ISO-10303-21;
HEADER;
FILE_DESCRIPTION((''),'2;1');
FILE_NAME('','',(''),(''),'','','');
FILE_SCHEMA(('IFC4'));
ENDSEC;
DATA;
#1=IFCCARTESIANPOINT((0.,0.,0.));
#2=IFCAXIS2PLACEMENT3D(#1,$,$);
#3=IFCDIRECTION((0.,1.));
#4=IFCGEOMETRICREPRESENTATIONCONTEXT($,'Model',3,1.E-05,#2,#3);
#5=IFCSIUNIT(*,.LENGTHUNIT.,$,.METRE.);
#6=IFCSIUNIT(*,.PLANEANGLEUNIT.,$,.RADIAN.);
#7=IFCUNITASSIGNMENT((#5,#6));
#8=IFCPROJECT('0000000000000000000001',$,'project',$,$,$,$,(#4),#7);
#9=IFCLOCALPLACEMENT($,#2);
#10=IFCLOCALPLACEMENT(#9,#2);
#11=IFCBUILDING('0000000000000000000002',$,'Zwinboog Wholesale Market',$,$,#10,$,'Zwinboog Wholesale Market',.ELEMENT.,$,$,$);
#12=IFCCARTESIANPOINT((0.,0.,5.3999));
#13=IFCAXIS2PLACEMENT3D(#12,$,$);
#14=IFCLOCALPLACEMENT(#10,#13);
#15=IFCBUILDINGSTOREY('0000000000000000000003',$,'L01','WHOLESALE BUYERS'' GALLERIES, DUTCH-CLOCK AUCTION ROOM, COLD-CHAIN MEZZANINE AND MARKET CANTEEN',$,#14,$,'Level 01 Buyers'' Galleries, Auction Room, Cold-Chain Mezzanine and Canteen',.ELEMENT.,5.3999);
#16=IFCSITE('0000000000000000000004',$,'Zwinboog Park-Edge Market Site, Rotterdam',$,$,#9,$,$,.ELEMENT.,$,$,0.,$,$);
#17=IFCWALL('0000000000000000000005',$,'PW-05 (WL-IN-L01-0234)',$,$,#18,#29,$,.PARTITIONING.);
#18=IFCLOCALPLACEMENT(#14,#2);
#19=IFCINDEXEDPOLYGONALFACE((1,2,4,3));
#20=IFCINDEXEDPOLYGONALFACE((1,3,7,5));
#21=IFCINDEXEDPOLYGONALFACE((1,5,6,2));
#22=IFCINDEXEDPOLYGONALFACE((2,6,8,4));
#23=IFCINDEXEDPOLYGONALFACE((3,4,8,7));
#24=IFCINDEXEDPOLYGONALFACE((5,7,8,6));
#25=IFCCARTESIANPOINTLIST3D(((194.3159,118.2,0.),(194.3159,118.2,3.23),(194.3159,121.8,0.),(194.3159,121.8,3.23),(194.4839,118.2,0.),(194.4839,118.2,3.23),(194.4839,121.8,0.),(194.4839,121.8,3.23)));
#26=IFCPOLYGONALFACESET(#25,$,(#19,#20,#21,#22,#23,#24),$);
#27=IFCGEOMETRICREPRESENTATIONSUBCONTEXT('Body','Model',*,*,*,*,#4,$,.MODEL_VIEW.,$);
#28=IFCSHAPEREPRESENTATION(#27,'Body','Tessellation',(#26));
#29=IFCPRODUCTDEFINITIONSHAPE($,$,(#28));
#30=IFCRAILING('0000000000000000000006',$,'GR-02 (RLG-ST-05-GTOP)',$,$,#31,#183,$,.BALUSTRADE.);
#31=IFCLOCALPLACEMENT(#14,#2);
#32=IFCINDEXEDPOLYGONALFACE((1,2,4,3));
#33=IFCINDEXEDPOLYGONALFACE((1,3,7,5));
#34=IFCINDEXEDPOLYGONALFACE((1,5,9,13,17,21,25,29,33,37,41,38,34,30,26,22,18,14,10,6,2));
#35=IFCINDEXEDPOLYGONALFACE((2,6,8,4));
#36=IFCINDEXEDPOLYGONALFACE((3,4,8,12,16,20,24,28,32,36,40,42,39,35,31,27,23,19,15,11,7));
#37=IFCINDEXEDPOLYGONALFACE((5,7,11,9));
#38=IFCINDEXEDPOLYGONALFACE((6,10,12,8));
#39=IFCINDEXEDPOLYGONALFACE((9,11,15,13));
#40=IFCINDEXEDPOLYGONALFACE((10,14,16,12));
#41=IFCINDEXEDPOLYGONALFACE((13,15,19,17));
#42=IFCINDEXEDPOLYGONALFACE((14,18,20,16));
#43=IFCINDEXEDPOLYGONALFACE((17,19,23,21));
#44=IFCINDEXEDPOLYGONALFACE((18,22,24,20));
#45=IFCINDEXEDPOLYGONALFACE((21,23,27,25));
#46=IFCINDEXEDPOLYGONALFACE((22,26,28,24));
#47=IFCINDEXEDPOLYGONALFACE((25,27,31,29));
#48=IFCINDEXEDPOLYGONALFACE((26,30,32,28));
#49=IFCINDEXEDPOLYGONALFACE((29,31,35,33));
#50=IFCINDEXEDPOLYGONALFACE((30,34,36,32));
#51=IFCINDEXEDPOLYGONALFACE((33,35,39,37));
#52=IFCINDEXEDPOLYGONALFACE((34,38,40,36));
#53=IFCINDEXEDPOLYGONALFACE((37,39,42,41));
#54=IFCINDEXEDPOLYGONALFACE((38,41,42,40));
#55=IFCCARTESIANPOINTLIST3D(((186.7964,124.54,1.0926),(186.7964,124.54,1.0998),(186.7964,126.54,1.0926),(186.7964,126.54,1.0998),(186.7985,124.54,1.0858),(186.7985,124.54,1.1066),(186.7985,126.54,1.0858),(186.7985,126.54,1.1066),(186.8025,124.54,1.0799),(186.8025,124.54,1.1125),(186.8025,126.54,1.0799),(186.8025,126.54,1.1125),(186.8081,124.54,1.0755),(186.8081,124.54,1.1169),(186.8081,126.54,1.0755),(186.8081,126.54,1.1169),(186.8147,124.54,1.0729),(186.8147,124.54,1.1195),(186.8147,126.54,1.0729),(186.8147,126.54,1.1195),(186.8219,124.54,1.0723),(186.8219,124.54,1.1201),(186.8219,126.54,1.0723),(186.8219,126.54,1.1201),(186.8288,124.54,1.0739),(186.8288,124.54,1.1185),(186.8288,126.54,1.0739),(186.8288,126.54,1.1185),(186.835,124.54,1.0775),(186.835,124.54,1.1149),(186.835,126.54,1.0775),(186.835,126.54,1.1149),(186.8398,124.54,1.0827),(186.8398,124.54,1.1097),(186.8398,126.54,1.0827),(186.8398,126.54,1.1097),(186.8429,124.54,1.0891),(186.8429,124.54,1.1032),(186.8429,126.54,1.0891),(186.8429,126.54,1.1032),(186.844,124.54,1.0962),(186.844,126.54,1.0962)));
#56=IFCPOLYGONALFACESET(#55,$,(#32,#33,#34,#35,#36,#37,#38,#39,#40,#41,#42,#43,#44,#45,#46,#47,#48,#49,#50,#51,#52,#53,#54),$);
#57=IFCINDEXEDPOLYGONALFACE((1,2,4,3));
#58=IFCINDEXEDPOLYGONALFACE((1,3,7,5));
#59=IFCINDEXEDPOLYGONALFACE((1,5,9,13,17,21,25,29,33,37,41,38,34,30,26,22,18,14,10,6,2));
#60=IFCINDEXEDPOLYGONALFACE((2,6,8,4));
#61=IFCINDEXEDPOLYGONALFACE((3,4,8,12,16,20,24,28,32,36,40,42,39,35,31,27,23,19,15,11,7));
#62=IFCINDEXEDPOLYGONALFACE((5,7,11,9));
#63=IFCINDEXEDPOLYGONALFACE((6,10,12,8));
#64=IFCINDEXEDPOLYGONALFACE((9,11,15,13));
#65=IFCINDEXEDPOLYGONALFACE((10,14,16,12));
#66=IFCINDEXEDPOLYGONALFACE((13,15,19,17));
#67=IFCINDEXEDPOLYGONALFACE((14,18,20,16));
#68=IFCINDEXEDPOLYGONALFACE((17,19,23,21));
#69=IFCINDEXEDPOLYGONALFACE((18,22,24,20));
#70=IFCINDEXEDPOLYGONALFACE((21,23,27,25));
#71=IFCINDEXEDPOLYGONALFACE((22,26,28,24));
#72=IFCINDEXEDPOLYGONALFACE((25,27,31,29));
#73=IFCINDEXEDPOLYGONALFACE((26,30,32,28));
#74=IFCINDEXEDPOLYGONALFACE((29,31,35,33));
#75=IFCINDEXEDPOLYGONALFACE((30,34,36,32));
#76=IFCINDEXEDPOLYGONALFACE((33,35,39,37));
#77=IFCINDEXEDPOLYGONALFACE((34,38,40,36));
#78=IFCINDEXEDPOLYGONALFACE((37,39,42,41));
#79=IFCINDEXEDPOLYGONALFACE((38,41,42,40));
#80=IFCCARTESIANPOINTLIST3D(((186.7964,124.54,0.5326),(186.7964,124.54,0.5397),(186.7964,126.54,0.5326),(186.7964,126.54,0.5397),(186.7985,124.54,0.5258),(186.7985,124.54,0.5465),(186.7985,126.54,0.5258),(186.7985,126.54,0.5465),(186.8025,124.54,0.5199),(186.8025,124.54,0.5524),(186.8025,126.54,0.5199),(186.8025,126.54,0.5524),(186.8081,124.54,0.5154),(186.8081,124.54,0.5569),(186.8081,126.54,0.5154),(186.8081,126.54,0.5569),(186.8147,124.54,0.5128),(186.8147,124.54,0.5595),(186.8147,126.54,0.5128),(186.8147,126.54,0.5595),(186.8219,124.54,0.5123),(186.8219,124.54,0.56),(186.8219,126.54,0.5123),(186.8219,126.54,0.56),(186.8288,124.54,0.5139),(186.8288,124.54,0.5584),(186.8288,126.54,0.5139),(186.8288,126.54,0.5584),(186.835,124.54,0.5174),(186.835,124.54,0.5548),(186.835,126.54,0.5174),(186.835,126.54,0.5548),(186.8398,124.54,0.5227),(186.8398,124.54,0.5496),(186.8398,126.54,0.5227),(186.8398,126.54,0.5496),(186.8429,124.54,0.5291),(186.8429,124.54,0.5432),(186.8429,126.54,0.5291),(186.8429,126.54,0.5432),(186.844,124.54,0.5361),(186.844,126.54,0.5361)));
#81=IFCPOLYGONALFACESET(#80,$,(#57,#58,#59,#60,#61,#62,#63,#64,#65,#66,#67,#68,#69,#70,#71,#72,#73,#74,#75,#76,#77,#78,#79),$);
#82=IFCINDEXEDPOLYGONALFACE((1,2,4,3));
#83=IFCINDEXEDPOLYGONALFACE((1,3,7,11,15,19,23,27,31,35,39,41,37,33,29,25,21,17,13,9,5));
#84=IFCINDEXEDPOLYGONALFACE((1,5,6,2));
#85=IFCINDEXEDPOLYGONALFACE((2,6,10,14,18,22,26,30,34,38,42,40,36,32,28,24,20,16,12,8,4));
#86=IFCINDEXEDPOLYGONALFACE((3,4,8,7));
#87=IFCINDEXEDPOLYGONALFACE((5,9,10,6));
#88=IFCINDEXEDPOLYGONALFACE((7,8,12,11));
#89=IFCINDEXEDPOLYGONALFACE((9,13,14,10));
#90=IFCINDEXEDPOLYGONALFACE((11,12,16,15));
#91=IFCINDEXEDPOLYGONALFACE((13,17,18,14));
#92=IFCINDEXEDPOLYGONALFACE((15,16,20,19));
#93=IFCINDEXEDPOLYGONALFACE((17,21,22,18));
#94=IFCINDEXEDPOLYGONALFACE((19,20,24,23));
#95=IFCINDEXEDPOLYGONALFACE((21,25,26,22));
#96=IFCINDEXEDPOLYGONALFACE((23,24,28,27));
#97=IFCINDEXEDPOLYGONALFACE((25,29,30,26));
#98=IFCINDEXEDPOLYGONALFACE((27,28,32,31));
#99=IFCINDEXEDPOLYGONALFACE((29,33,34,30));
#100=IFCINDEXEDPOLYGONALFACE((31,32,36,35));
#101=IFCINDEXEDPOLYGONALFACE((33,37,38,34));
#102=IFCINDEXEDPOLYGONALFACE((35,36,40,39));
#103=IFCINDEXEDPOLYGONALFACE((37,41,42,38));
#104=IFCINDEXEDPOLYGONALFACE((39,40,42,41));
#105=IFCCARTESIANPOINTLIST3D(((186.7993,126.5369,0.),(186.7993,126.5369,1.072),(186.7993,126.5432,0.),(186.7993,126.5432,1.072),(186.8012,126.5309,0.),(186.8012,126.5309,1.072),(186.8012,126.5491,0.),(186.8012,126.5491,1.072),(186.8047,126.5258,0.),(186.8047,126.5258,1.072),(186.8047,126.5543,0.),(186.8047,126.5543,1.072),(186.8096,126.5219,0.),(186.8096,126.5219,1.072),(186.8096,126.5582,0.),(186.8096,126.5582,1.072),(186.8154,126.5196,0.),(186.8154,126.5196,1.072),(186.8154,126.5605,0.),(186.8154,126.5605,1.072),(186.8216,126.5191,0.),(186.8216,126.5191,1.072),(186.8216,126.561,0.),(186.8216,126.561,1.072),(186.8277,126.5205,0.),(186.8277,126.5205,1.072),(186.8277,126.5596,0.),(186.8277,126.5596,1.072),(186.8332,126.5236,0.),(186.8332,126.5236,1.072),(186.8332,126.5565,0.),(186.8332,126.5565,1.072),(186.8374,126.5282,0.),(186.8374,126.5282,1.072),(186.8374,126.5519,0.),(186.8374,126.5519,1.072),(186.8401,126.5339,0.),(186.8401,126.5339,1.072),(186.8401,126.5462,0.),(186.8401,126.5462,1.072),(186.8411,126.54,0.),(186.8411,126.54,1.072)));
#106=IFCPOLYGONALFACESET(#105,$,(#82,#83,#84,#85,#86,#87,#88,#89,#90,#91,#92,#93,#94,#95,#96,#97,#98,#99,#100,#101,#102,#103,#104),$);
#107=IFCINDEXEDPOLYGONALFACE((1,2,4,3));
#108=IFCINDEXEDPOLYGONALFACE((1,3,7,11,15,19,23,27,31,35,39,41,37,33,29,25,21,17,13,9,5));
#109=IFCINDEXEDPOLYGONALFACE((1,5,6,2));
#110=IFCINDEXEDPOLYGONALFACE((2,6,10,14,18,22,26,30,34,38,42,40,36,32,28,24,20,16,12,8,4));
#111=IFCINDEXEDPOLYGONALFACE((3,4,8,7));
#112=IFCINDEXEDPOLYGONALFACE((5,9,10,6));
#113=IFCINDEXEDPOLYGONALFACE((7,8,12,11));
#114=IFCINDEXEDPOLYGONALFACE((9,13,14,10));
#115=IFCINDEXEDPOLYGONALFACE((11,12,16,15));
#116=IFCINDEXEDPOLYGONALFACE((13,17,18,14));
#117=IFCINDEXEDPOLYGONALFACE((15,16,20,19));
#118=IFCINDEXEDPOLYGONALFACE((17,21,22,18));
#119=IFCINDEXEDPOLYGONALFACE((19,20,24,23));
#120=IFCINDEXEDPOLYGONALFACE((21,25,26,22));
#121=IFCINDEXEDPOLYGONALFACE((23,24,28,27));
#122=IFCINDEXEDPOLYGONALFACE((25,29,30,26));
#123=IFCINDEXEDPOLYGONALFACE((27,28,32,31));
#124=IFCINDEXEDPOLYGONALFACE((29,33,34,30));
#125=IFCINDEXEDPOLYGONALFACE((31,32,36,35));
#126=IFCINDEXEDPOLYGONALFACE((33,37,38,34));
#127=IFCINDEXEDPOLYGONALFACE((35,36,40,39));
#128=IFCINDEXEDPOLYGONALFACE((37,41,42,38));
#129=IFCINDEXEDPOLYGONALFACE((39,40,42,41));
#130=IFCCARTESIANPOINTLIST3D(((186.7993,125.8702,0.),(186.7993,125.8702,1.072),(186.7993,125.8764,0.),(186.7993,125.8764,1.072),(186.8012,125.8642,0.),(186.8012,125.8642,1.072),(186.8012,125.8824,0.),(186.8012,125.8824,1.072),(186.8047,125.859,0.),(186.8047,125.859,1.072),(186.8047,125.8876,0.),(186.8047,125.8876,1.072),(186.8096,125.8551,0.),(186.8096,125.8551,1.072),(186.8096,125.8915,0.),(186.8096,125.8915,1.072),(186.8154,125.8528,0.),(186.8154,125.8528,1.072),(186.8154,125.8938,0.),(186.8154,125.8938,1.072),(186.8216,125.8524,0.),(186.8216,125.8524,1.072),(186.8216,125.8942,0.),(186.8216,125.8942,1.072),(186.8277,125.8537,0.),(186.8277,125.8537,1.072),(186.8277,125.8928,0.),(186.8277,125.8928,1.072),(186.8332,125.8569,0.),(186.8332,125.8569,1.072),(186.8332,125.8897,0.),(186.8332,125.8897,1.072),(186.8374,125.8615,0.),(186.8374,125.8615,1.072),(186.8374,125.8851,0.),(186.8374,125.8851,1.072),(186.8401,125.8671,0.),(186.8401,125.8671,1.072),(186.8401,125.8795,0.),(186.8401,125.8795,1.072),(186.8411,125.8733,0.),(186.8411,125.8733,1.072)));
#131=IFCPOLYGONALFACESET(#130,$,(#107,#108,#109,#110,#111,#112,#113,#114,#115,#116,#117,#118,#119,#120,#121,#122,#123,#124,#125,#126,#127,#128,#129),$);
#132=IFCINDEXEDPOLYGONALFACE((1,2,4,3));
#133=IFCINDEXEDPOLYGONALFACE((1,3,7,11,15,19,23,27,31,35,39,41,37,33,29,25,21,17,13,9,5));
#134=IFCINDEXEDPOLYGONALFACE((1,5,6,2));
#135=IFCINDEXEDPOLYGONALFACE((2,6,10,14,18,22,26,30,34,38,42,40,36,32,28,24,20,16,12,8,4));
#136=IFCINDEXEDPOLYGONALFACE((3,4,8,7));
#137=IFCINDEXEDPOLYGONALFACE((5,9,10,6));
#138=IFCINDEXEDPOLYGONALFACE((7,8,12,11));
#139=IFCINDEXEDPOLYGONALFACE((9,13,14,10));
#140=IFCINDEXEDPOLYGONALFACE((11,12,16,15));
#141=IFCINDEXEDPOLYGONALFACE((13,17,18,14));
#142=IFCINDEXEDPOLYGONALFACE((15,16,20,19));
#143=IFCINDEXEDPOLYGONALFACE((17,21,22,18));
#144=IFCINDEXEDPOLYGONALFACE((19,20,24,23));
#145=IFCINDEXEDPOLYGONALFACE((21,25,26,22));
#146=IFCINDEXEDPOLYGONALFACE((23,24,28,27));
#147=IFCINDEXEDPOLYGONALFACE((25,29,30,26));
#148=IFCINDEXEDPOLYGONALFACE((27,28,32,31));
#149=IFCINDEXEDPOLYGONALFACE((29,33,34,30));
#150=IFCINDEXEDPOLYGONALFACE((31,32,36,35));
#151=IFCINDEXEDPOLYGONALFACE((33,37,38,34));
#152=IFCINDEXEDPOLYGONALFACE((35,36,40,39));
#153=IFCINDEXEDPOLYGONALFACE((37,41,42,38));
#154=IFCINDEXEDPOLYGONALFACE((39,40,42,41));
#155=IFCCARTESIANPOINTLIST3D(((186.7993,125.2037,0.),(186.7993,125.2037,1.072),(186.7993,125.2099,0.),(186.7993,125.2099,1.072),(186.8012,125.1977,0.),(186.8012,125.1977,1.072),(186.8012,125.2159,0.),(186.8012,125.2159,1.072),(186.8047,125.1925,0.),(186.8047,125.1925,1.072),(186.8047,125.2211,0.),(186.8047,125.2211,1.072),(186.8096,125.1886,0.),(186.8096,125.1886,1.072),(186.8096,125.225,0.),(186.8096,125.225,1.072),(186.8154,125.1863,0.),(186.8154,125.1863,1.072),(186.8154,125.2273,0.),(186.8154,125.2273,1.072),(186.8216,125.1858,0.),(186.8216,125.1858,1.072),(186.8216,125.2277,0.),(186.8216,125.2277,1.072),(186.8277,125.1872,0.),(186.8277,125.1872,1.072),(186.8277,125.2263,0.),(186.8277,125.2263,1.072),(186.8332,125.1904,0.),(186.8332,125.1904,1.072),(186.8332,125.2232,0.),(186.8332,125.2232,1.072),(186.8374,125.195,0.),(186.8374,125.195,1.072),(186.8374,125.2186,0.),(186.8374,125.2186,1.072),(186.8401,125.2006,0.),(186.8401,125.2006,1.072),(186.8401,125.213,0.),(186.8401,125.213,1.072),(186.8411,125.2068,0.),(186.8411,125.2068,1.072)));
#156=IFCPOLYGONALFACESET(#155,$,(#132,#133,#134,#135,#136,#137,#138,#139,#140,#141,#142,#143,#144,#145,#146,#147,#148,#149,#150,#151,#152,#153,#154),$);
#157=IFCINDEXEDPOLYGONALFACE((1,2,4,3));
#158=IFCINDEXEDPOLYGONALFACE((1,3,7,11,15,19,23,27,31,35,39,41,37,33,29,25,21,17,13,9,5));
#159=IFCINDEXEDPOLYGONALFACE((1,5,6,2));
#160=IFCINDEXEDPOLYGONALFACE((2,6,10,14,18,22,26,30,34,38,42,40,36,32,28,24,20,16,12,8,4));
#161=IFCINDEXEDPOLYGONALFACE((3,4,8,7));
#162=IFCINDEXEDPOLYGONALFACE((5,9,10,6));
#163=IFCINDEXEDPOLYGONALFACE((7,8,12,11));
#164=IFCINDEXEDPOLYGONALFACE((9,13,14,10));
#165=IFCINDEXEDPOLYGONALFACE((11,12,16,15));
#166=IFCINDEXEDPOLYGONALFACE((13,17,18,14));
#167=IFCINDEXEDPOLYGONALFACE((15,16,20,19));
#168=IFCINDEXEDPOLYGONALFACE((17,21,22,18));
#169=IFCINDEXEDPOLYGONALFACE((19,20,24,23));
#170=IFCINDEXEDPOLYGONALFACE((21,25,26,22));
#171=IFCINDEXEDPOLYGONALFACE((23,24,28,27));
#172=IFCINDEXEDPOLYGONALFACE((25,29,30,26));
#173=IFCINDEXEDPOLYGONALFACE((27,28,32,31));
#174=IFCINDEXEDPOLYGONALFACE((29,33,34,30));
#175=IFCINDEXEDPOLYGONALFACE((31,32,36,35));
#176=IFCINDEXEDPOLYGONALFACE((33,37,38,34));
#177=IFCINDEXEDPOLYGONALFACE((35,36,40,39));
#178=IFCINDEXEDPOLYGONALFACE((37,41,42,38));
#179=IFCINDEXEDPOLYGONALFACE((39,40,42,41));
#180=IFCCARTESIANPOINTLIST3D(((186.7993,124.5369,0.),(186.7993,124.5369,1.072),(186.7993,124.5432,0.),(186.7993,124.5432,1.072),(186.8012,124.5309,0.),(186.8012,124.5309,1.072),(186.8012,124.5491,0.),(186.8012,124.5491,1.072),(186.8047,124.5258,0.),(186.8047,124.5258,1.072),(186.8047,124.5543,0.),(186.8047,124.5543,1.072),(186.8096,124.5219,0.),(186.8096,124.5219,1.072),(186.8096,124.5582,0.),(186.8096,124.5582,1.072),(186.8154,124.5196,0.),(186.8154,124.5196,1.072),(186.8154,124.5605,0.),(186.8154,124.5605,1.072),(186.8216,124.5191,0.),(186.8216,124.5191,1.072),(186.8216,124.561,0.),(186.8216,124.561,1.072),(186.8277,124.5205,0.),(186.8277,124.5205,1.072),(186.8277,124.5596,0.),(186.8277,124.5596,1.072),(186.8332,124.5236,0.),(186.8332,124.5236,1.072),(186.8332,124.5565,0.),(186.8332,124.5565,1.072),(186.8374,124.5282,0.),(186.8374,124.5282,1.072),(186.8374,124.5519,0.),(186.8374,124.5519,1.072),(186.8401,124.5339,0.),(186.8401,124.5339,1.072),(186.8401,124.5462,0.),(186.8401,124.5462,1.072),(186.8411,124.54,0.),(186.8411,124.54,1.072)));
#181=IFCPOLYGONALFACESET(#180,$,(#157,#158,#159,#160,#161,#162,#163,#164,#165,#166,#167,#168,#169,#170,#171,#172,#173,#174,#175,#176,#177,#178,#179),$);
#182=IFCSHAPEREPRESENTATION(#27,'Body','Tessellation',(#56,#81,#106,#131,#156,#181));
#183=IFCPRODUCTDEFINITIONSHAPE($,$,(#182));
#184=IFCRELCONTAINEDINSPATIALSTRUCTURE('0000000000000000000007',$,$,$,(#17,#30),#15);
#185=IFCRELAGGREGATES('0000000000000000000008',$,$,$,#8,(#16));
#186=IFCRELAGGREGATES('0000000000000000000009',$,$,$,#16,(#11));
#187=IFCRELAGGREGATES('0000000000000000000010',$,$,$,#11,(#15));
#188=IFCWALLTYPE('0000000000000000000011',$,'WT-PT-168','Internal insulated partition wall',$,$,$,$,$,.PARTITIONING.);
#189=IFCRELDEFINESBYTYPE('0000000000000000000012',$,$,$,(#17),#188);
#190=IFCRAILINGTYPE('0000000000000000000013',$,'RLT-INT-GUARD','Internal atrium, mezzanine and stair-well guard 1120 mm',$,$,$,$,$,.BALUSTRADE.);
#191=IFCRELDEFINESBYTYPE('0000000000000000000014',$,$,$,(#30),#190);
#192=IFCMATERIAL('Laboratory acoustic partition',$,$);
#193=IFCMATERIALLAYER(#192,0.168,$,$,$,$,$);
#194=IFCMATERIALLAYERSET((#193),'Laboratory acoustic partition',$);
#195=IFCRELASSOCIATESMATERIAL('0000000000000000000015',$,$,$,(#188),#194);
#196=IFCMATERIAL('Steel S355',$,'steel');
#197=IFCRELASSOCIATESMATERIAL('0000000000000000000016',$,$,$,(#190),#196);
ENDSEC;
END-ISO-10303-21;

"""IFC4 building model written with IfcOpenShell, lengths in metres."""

from ifc_helpers import new_model, si_unit, direction, frame, frame_2d, origin, origin_2d, place, context, subcontext, project, spatial, rectangle, circle, extrude, material, layer, layer_set, type_object, element, save


model = new_model("IFC4")

# Units and contexts
model_context = context("Model", 3, precision=1e-05, world=origin(), true_north=direction((0.0, 1.0)))
body_context = subcontext(model_context, "Body", "Model", "MODEL_VIEW")
ifc_project = project(units=[si_unit("LENGTHUNIT", "METRE"), si_unit("PLANEANGLEUNIT", "RADIAN")], contexts=[model_context])

# Site, building, storey
site_placement = place(None, origin())
site = spatial("IfcSite", under=ifc_project, at=site_placement, Name="Zwinboog Park-Edge Market Site, Rotterdam", CompositionType="ELEMENT", RefElevation=0.0)
building_placement = place(site_placement, origin())
building = spatial("IfcBuilding", under=site, at=building_placement, Name="Zwinboog Wholesale Market", LongName="Zwinboog Wholesale Market", CompositionType="ELEMENT")
storey_placement = place(building_placement, frame((0.0, 0.0, 5.3999)))
storey = spatial("IfcBuildingStorey", under=building, at=storey_placement, Name="L01", Description="WHOLESALE BUYERS' GALLERIES, DUTCH-CLOCK AUCTION ROOM, COLD-CHAIN MEZZANINE AND MARKET CANTEEN", LongName="Level 01 Buyers' Galleries, Auction Room, Cold-Chain Mezzanine and Canteen", CompositionType="ELEMENT", Elevation=5.3999)

# Shared definitions
ifc_material_1 = material(Name="Steel S355", Category="steel")

# Wall
ifc_material_2 = material(Name="Laboratory acoustic partition")
ifc_layer_1 = layer(ifc_material_2, 0.168)
ifc_layer_set_1 = layer_set([ifc_layer_1], Name="Laboratory acoustic partition")
wall_type_1 = type_object("IfcWallType", Name="WT-PT-168", Description="Internal insulated partition wall", PredefinedType="PARTITIONING", material=ifc_layer_set_1)
wall_1_placement = place(storey_placement, frame((194.3999, 118.2, 0.0), z_axis=(0.0, 0.0, 1.0), x_axis=(0.0, 1.0, 0.0)))
element("IfcWall", 1, at=wall_1_placement, inside=storey, type_object=wall_type_1, Name="PW-05 (WL-IN-L01-0234)", PredefinedType="PARTITIONING", context=body_context, shape_type="SweptSolid", body=[
    extrude(rectangle(XDim=3.6001, YDim=0.168, at=frame_2d((1.8, 0.0))), origin(), (0.0, 0.0, 1.0), 3.23),
])

# Railing
railing_type = type_object("IfcRailingType", Name="RLT-INT-GUARD", Description="Internal atrium, mezzanine and stair-well guard 1120 mm", PredefinedType="BALUSTRADE", material=ifc_material_1)
railing_placement = place(storey_placement, frame((186.8201, 126.54, 0.0)))
element("IfcRailing", 2, at=railing_placement, inside=storey, type_object=railing_type, Name="GR-02 (RLG-ST-05-GTOP)", PredefinedType="BALUSTRADE", context=body_context, shape_type="SweptSolid", body=[
    extrude(circle(Radius=0.0239, at=origin_2d()), frame((0.0, 0.0, 1.0962), z_axis=(0.0, -1.0, 0.0), x_axis=(1.0, 0.0, 0.0)), (0.0, 0.0, 1.0), 2.0),
    extrude(circle(Radius=0.0239, at=origin_2d()), frame((0.0, 0.0, 0.5361), z_axis=(0.0, -1.0, 0.0), x_axis=(1.0, 0.0, 0.0)), (0.0, 0.0, 1.0), 2.0),
    extrude(circle(Radius=0.021, at=origin_2d()), origin(), (0.0, 0.0, 1.0), 1.072),
    extrude(circle(Radius=0.021, at=origin_2d()), frame((0.0, -0.6667, 0.0)), (0.0, 0.0, 1.0), 1.072),
    extrude(circle(Radius=0.021, at=origin_2d()), frame((0.0, -1.3333, 0.0)), (0.0, 0.0, 1.0), 1.072),
    extrude(circle(Radius=0.021, at=origin_2d()), frame((0.0, -2.0, 0.0)), (0.0, 0.0, 1.0), 1.072),
])

save(model, "model.ifc")
